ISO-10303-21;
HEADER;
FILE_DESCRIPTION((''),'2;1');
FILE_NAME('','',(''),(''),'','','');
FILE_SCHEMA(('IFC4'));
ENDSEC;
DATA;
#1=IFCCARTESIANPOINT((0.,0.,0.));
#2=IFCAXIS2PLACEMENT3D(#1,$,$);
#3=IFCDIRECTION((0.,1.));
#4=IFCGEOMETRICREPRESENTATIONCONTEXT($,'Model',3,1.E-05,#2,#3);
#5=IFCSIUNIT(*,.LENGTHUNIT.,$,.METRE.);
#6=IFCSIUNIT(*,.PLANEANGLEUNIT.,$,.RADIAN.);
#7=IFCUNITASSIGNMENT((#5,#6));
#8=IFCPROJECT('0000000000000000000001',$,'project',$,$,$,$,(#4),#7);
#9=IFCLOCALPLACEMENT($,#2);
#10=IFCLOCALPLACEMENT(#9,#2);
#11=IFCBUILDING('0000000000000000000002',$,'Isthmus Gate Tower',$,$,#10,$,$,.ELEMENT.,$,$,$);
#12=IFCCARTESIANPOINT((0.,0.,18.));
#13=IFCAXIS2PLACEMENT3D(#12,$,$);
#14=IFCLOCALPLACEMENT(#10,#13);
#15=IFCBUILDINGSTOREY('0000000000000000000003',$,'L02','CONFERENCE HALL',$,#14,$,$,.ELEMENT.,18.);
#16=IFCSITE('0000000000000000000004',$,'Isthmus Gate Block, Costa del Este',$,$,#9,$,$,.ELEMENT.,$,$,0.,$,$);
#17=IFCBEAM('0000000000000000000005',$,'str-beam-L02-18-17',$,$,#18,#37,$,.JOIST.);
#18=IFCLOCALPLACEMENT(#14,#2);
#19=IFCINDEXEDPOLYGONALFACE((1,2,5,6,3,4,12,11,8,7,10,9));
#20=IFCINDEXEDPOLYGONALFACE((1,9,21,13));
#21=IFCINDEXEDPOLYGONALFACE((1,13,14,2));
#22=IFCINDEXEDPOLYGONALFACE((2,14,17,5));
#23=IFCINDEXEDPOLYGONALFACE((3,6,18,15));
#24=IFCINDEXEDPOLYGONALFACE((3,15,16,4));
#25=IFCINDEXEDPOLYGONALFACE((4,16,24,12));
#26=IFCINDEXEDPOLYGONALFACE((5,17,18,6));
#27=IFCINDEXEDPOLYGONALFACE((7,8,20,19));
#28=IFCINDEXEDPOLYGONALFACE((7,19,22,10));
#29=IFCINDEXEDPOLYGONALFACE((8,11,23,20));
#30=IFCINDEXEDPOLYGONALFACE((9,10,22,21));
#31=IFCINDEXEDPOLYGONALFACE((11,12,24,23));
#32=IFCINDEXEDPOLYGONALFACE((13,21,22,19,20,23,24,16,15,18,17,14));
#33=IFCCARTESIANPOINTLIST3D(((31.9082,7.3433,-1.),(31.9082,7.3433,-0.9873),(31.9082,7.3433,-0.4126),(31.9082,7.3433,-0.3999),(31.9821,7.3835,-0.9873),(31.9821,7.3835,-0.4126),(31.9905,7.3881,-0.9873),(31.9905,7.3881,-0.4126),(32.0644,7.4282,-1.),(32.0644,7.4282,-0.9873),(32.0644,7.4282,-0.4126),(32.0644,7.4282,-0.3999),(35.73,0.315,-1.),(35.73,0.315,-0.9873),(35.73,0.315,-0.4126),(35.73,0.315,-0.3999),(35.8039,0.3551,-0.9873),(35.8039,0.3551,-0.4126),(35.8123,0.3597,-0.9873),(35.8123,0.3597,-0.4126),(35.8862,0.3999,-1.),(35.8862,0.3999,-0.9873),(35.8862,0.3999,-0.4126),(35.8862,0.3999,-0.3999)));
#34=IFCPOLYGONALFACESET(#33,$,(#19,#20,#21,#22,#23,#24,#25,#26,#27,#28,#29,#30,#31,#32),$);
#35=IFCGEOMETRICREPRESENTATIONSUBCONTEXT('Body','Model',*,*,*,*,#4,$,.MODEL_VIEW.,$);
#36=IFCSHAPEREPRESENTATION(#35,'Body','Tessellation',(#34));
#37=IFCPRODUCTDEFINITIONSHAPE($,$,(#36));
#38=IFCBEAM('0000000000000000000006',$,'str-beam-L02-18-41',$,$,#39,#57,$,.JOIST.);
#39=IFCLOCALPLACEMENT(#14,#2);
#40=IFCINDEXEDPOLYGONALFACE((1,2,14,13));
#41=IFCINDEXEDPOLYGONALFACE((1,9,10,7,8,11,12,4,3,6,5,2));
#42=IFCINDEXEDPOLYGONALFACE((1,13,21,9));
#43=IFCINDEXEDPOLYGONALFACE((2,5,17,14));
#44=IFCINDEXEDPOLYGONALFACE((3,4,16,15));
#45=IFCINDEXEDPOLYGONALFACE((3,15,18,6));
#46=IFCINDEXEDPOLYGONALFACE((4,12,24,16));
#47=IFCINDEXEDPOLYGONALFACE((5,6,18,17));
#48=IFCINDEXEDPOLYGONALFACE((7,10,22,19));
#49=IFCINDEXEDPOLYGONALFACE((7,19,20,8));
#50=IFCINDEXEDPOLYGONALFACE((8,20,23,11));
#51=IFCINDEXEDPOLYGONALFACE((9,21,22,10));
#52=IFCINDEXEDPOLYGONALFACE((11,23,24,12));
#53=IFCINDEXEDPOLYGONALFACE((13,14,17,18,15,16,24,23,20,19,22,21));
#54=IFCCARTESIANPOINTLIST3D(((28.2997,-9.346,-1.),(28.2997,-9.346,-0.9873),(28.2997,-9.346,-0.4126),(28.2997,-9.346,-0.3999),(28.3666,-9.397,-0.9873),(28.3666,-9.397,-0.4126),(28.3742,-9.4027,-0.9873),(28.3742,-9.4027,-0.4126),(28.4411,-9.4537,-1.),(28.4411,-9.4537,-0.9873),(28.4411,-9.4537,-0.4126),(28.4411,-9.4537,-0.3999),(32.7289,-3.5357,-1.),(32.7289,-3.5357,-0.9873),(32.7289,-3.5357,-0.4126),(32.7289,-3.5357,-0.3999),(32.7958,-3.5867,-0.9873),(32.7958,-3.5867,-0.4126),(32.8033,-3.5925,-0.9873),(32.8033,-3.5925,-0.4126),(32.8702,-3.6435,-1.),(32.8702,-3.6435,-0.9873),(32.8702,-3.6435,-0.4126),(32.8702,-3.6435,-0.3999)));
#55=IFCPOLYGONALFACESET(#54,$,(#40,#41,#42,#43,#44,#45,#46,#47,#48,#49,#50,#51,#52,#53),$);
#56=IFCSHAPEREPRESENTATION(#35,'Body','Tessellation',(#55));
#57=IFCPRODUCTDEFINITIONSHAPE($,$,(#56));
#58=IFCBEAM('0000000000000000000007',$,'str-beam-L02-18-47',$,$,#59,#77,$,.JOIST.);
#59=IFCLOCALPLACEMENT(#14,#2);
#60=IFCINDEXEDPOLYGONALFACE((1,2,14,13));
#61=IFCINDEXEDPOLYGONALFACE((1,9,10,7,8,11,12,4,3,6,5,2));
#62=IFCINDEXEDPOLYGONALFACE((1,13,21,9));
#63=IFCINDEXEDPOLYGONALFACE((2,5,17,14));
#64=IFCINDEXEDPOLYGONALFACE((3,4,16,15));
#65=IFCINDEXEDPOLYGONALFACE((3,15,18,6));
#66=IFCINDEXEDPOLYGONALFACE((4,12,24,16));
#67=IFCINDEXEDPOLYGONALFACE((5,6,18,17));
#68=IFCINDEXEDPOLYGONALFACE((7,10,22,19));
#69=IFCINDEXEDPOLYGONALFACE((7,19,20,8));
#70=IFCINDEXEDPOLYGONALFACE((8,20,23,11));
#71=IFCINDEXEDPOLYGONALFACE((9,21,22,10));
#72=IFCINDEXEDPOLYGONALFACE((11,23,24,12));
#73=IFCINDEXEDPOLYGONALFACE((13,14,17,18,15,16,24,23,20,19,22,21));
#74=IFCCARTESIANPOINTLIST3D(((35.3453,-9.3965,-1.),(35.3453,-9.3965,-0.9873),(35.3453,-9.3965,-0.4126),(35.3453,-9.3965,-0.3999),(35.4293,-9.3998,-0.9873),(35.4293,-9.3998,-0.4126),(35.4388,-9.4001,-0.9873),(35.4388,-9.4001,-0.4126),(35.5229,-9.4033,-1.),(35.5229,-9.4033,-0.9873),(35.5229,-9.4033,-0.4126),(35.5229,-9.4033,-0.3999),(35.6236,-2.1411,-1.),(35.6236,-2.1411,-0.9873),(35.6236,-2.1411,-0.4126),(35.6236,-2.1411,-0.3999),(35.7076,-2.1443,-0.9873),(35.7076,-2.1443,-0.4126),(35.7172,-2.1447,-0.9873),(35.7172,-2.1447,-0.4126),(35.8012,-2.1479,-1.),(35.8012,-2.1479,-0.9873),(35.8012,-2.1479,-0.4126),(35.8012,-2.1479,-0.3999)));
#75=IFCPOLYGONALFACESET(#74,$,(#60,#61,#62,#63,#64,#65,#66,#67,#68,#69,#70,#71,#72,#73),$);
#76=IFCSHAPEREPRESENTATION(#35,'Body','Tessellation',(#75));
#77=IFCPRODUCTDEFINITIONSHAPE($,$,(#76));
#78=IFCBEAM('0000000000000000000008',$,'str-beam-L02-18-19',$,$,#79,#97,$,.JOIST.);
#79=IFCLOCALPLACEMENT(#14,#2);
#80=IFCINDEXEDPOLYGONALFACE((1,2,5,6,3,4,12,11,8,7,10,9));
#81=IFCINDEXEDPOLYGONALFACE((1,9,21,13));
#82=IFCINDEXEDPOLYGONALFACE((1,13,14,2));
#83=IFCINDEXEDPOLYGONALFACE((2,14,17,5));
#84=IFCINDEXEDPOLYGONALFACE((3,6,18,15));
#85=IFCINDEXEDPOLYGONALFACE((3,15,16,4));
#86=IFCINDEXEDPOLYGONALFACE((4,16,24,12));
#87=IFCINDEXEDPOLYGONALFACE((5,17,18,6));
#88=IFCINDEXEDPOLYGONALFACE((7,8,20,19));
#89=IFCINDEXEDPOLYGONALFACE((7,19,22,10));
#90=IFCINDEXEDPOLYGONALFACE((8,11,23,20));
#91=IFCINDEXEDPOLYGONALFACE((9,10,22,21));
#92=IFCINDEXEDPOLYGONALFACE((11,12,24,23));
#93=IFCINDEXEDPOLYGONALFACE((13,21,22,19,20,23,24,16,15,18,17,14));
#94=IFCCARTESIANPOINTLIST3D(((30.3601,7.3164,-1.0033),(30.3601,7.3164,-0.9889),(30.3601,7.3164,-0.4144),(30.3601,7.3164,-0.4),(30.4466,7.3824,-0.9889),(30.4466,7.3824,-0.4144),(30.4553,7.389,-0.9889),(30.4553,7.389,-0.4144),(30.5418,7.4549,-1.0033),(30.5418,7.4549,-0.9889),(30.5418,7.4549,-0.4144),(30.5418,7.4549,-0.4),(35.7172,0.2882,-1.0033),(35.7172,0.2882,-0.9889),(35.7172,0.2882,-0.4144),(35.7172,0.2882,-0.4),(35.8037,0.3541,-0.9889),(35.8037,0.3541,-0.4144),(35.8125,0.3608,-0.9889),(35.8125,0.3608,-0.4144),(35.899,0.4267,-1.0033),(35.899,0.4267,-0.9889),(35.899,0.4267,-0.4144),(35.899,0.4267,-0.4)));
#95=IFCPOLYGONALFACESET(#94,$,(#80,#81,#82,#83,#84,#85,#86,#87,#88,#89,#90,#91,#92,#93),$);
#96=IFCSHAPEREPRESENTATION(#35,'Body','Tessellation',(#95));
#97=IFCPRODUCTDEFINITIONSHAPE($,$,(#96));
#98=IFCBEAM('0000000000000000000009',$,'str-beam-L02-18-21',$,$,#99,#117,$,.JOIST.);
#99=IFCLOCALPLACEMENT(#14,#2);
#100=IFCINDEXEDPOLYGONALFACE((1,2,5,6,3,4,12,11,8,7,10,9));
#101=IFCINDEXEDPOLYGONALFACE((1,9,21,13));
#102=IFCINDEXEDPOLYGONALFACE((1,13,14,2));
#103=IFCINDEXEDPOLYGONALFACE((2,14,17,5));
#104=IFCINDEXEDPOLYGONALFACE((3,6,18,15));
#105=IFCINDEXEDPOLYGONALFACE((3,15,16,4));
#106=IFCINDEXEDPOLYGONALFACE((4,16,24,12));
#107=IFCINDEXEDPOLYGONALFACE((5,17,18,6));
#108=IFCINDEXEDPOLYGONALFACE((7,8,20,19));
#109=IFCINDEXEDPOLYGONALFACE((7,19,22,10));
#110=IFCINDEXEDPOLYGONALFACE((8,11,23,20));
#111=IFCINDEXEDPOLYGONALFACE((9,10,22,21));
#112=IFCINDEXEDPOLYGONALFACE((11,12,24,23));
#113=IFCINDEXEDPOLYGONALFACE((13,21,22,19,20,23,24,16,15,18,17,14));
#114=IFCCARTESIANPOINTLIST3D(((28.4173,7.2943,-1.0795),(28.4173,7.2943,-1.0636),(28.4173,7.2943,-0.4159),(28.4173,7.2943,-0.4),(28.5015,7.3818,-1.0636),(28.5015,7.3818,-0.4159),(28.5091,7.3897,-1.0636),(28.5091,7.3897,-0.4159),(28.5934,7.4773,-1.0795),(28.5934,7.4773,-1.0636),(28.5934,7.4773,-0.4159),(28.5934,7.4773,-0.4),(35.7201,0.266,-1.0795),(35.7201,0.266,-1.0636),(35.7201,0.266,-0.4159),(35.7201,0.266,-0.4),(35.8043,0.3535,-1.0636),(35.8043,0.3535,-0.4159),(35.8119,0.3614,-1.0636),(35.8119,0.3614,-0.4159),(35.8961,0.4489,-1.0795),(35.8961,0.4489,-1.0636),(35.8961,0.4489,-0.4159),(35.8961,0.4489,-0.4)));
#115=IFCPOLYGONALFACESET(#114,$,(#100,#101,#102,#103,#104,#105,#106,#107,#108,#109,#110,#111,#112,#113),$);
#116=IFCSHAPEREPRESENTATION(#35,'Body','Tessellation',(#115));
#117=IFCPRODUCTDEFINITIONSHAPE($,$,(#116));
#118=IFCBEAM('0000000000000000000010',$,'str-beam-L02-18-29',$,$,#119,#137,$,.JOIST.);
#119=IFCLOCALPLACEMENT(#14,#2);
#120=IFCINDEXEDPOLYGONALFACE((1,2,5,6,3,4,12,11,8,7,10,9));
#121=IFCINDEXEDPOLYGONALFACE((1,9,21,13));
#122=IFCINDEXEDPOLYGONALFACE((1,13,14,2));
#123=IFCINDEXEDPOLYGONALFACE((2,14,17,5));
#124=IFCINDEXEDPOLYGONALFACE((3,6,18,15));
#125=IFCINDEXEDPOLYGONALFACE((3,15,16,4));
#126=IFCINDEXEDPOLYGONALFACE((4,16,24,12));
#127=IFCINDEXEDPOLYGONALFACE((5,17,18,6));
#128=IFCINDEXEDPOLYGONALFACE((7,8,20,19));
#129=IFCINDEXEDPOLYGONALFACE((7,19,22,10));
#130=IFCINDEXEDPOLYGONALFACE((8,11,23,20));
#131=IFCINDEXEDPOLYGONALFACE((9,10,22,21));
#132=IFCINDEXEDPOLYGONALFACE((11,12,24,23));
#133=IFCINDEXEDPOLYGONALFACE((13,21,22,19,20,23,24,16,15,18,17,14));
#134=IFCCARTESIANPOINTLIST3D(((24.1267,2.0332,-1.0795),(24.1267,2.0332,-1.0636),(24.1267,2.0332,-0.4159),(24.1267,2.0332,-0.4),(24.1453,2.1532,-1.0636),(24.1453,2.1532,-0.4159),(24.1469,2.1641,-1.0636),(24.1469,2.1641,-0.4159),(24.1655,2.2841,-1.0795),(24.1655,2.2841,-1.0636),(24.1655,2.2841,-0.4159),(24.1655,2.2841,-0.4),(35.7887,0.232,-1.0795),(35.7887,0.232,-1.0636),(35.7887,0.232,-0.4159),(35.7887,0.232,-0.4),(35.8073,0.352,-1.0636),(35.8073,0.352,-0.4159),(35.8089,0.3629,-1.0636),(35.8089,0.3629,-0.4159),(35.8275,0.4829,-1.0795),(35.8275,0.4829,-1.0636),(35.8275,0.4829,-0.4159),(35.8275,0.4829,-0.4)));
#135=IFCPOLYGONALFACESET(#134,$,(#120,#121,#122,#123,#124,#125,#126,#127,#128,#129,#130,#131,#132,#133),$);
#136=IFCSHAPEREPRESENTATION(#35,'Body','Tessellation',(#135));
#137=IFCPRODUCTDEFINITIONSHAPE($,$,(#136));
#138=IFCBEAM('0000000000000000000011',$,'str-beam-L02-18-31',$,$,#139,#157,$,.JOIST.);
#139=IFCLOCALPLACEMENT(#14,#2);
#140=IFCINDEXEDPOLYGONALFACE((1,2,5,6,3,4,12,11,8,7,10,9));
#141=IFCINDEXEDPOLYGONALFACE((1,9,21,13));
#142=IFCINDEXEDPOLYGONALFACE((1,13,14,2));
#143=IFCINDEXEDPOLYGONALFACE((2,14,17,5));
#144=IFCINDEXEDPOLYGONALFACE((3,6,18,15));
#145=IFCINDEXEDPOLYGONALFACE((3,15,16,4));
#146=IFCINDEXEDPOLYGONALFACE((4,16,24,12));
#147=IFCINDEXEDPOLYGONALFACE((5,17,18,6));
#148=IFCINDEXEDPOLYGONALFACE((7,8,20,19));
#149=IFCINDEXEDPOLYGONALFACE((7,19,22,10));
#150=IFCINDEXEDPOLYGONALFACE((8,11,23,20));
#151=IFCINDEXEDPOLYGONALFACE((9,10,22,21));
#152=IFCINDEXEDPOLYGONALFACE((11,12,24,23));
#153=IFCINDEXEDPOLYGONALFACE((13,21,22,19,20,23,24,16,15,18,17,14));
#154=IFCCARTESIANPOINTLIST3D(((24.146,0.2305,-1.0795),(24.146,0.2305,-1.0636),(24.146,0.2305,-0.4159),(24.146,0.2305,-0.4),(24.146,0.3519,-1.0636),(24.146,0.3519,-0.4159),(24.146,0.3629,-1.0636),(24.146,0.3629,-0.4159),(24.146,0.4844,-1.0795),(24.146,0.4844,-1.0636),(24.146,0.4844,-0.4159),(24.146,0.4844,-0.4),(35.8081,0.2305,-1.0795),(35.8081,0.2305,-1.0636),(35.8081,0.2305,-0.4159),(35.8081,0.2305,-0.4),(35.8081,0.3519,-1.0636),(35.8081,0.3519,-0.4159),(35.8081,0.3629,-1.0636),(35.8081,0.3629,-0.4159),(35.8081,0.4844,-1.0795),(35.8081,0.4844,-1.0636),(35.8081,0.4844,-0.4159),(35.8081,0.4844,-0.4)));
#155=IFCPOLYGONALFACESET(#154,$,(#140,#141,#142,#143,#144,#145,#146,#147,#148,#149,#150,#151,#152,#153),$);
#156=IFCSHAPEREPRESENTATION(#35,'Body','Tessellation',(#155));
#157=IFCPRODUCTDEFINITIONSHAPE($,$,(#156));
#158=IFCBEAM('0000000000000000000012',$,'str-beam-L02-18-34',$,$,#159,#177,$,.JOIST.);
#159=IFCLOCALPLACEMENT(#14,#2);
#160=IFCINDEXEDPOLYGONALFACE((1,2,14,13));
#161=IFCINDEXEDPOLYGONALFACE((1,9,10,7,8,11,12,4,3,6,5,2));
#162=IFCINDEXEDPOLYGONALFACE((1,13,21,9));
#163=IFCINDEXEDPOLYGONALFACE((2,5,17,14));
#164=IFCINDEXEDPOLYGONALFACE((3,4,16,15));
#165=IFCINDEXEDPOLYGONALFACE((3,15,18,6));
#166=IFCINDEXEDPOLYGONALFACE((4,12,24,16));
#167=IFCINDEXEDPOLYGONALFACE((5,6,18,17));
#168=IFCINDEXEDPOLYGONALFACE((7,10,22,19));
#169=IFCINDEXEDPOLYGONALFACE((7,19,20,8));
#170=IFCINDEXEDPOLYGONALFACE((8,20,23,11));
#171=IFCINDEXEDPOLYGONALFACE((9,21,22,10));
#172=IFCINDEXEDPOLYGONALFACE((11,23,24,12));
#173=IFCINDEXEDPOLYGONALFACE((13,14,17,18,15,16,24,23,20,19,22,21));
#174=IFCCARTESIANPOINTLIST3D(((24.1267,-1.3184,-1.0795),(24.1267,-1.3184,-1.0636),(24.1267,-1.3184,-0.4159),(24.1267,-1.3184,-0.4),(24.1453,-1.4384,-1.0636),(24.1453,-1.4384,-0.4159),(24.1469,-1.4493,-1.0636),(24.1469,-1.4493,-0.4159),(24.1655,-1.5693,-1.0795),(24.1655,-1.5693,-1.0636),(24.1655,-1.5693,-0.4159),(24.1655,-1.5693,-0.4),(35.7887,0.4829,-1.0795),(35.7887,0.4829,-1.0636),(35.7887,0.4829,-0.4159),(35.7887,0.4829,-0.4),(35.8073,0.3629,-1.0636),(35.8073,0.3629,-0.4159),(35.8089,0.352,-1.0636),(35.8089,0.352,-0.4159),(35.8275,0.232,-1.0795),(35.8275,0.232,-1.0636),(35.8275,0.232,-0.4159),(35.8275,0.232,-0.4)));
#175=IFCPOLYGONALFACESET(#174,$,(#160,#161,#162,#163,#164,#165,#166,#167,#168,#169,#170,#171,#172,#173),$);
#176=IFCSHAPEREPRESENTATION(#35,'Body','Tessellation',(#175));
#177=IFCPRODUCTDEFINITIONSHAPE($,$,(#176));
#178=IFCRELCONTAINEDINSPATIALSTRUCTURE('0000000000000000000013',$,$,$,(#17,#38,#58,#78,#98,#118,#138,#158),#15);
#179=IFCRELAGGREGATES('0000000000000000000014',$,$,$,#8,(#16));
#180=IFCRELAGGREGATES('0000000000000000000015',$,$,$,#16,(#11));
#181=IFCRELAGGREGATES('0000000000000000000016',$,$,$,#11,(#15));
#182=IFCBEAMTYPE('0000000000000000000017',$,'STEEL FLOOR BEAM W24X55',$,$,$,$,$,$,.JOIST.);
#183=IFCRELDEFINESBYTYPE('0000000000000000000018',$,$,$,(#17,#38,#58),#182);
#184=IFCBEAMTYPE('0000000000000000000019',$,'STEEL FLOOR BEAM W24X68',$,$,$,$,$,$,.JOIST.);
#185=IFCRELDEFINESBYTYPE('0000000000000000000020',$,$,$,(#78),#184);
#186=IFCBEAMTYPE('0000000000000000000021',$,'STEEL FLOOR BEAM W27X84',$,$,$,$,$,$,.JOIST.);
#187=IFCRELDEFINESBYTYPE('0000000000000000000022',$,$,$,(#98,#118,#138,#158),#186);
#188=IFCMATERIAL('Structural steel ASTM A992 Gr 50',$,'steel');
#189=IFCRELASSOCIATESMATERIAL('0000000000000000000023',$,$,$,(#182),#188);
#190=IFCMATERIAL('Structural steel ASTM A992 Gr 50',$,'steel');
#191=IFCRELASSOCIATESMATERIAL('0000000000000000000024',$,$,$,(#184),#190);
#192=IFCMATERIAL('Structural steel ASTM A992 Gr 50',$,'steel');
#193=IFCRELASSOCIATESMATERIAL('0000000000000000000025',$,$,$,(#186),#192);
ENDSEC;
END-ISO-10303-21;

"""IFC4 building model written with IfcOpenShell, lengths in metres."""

from ifc_helpers import new_model, si_unit, direction, frame, origin, origin_2d, place, context, subcontext, project, spatial, i_section, extrude, material, material_profile, profile_set, type_object, element, save


model = new_model("IFC4")

# Units and contexts
model_context = context("Model", 3, precision=1e-05, world=origin(), true_north=direction((0.0, 1.0)))
body_context = subcontext(model_context, "Body", "Model", "MODEL_VIEW")
ifc_project = project(units=[si_unit("LENGTHUNIT", "METRE"), si_unit("PLANEANGLEUNIT", "RADIAN")], contexts=[model_context])

# Site, building, storey
site_placement = place(None, origin())
site = spatial("IfcSite", under=ifc_project, at=site_placement, Name="Isthmus Gate Block, Costa del Este", CompositionType="ELEMENT", RefElevation=0.0)
building_placement = place(site_placement, origin())
building = spatial("IfcBuilding", under=site, at=building_placement, Name="Isthmus Gate Tower", CompositionType="ELEMENT")
storey_placement = place(building_placement, frame((0.0, 0.0, 18.0)))
storey = spatial("IfcBuildingStorey", under=building, at=storey_placement, Name="L02", Description="CONFERENCE HALL", CompositionType="ELEMENT", Elevation=18.0)

# Beams
ifc_material_1 = material(Name="Structural steel ASTM A992 Gr 50", Category="steel")
ifc_material_profile_1 = material_profile(ifc_material_1, i_section(OverallWidth=0.1777, OverallDepth=0.6001, WebThickness=0.0095, FlangeThickness=0.0127, at=origin_2d()), Name="W24X55")
ifc_profile_set_1 = profile_set([ifc_material_profile_1], Name="Structural steel ASTM A992 Gr 50")
beam_type_1 = type_object("IfcBeamType", Name="STEEL FLOOR BEAM W24X55", PredefinedType="JOIST", material=ifc_profile_set_1)
beam_1_placement = place(storey_placement, frame((35.8081, 0.3574, -0.7), z_axis=(-0.47771, 0.878518, 0.0), x_axis=(-0.878518, -0.47771, 0.0)))
element("IfcBeam", 1, at=beam_1_placement, inside=storey, type_object=beam_type_1, Name="str-beam-L02-18-17", PredefinedType="JOIST", context=body_context, shape_type="SweptSolid", body=[
    extrude(i_section(OverallWidth=0.1777, OverallDepth=0.6001, WebThickness=0.0095, FlangeThickness=0.0127, at=origin_2d()), origin(), (0.0, 0.0, 1.0), 8.0002),
])
beam_2_placement = place(storey_placement, frame((32.7996, -3.5896, -0.7), z_axis=(-0.606243, -0.79528, 0.0), x_axis=(0.79528, -0.606243, 0.0)))
element("IfcBeam", 2, at=beam_2_placement, inside=storey, type_object=beam_type_1, Name="str-beam-L02-18-41", PredefinedType="JOIST", context=body_context, shape_type="SweptSolid", body=[
    extrude(i_section(OverallWidth=0.1777, OverallDepth=0.6001, WebThickness=0.0095, FlangeThickness=0.0127, at=origin_2d()), origin(), (0.0, 0.0, 1.0), 7.3059),
])
beam_3_placement = place(storey_placement, frame((35.7124, -2.1445, -0.7), z_axis=(-0.038332, -0.999265, 0.0), x_axis=(0.999265, -0.038332, 0.0)))
element("IfcBeam", 3, at=beam_3_placement, inside=storey, type_object=beam_type_1, Name="str-beam-L02-18-47", PredefinedType="JOIST", context=body_context, shape_type="SweptSolid", body=[
    extrude(i_section(OverallWidth=0.1777, OverallDepth=0.6001, WebThickness=0.0095, FlangeThickness=0.0127, at=origin_2d()), origin(), (0.0, 0.0, 1.0), 7.2607),
])
ifc_material_2 = material(Name="Structural steel ASTM A992 Gr 50", Category="steel")
ifc_material_profile_2 = material_profile(ifc_material_2, i_section(OverallWidth=0.2285, OverallDepth=0.6033, WebThickness=0.011, FlangeThickness=0.0144, at=origin_2d()), Name="W24X68")
ifc_profile_set_2 = profile_set([ifc_material_profile_2], Name="Structural steel ASTM A992 Gr 50")
beam_type_2 = type_object("IfcBeamType", Name="STEEL FLOOR BEAM W24X68", PredefinedType="JOIST", material=ifc_profile_set_2)
beam_4_placement = place(storey_placement, frame((35.8081, 0.3574, -0.7017), z_axis=(-0.606206, 0.795308, 0.0), x_axis=(-0.795308, -0.606206, 0.0)))
element("IfcBeam", 4, at=beam_4_placement, inside=storey, type_object=beam_type_2, Name="str-beam-L02-18-19", PredefinedType="JOIST", context=body_context, shape_type="SweptSolid", body=[
    extrude(i_section(OverallWidth=0.2285, OverallDepth=0.6033, WebThickness=0.011, FlangeThickness=0.0144, at=origin_2d()), origin(), (0.0, 0.0, 1.0), 8.8372),
])
ifc_material_3 = material(Name="Structural steel ASTM A992 Gr 50", Category="steel")
ifc_material_profile_3 = material_profile(ifc_material_3, i_section(OverallWidth=0.2539, OverallDepth=0.6794, WebThickness=0.011, FlangeThickness=0.0159, at=origin_2d()), Name="W27X84")
ifc_profile_set_3 = profile_set([ifc_material_profile_3], Name="Structural steel ASTM A992 Gr 50")
beam_type_3 = type_object("IfcBeamType", Name="STEEL FLOOR BEAM W27X84", PredefinedType="JOIST", material=ifc_profile_set_3)
beam_5_placement = place(storey_placement, frame((35.8081, 0.3574, -0.7397), z_axis=(-0.720515, 0.69344, 0.0), x_axis=(-0.69344, -0.720515, 0.0)))
element("IfcBeam", 5, at=beam_5_placement, inside=storey, type_object=beam_type_3, Name="str-beam-L02-18-21", PredefinedType="JOIST", context=body_context, shape_type="SweptSolid", body=[
    extrude(i_section(OverallWidth=0.2539, OverallDepth=0.6794, WebThickness=0.011, FlangeThickness=0.0159, at=origin_2d()), origin(), (0.0, 0.0, 1.0), 10.1355),
])
beam_6_placement = place(storey_placement, frame((35.8081, 0.3574, -0.7397), z_axis=(-0.988281, 0.152645, 0.0), x_axis=(-0.152645, -0.988281, 0.0)))
element("IfcBeam", 6, at=beam_6_placement, inside=storey, type_object=beam_type_3, Name="str-beam-L02-18-29", PredefinedType="JOIST", context=body_context, shape_type="SweptSolid", body=[
    extrude(i_section(OverallWidth=0.2539, OverallDepth=0.6794, WebThickness=0.011, FlangeThickness=0.0159, at=origin_2d()), origin(), (0.0, 0.0, 1.0), 11.8003),
])
beam_7_placement = place(storey_placement, frame((35.8081, 0.3574, -0.7397), z_axis=(-1.0, 0.0, 0.0), x_axis=(0.0, -1.0, 0.0)))
element("IfcBeam", 7, at=beam_7_placement, inside=storey, type_object=beam_type_3, Name="str-beam-L02-18-31", PredefinedType="JOIST", context=body_context, shape_type="SweptSolid", body=[
    extrude(i_section(OverallWidth=0.2539, OverallDepth=0.6794, WebThickness=0.011, FlangeThickness=0.0159, at=origin_2d()), origin(), (0.0, 0.0, 1.0), 11.6621),
])
beam_8_placement = place(storey_placement, frame((35.8081, 0.3574, -0.7397), z_axis=(-0.988281, -0.152645, 0.0), x_axis=(0.152645, -0.988281, 0.0)))
element("IfcBeam", 8, at=beam_8_placement, inside=storey, type_object=beam_type_3, Name="str-beam-L02-18-34", PredefinedType="JOIST", context=body_context, shape_type="SweptSolid", body=[
    extrude(i_section(OverallWidth=0.2539, OverallDepth=0.6794, WebThickness=0.011, FlangeThickness=0.0159, at=origin_2d()), origin(), (0.0, 0.0, 1.0), 11.8003),
])

save(model, "model.ifc")
